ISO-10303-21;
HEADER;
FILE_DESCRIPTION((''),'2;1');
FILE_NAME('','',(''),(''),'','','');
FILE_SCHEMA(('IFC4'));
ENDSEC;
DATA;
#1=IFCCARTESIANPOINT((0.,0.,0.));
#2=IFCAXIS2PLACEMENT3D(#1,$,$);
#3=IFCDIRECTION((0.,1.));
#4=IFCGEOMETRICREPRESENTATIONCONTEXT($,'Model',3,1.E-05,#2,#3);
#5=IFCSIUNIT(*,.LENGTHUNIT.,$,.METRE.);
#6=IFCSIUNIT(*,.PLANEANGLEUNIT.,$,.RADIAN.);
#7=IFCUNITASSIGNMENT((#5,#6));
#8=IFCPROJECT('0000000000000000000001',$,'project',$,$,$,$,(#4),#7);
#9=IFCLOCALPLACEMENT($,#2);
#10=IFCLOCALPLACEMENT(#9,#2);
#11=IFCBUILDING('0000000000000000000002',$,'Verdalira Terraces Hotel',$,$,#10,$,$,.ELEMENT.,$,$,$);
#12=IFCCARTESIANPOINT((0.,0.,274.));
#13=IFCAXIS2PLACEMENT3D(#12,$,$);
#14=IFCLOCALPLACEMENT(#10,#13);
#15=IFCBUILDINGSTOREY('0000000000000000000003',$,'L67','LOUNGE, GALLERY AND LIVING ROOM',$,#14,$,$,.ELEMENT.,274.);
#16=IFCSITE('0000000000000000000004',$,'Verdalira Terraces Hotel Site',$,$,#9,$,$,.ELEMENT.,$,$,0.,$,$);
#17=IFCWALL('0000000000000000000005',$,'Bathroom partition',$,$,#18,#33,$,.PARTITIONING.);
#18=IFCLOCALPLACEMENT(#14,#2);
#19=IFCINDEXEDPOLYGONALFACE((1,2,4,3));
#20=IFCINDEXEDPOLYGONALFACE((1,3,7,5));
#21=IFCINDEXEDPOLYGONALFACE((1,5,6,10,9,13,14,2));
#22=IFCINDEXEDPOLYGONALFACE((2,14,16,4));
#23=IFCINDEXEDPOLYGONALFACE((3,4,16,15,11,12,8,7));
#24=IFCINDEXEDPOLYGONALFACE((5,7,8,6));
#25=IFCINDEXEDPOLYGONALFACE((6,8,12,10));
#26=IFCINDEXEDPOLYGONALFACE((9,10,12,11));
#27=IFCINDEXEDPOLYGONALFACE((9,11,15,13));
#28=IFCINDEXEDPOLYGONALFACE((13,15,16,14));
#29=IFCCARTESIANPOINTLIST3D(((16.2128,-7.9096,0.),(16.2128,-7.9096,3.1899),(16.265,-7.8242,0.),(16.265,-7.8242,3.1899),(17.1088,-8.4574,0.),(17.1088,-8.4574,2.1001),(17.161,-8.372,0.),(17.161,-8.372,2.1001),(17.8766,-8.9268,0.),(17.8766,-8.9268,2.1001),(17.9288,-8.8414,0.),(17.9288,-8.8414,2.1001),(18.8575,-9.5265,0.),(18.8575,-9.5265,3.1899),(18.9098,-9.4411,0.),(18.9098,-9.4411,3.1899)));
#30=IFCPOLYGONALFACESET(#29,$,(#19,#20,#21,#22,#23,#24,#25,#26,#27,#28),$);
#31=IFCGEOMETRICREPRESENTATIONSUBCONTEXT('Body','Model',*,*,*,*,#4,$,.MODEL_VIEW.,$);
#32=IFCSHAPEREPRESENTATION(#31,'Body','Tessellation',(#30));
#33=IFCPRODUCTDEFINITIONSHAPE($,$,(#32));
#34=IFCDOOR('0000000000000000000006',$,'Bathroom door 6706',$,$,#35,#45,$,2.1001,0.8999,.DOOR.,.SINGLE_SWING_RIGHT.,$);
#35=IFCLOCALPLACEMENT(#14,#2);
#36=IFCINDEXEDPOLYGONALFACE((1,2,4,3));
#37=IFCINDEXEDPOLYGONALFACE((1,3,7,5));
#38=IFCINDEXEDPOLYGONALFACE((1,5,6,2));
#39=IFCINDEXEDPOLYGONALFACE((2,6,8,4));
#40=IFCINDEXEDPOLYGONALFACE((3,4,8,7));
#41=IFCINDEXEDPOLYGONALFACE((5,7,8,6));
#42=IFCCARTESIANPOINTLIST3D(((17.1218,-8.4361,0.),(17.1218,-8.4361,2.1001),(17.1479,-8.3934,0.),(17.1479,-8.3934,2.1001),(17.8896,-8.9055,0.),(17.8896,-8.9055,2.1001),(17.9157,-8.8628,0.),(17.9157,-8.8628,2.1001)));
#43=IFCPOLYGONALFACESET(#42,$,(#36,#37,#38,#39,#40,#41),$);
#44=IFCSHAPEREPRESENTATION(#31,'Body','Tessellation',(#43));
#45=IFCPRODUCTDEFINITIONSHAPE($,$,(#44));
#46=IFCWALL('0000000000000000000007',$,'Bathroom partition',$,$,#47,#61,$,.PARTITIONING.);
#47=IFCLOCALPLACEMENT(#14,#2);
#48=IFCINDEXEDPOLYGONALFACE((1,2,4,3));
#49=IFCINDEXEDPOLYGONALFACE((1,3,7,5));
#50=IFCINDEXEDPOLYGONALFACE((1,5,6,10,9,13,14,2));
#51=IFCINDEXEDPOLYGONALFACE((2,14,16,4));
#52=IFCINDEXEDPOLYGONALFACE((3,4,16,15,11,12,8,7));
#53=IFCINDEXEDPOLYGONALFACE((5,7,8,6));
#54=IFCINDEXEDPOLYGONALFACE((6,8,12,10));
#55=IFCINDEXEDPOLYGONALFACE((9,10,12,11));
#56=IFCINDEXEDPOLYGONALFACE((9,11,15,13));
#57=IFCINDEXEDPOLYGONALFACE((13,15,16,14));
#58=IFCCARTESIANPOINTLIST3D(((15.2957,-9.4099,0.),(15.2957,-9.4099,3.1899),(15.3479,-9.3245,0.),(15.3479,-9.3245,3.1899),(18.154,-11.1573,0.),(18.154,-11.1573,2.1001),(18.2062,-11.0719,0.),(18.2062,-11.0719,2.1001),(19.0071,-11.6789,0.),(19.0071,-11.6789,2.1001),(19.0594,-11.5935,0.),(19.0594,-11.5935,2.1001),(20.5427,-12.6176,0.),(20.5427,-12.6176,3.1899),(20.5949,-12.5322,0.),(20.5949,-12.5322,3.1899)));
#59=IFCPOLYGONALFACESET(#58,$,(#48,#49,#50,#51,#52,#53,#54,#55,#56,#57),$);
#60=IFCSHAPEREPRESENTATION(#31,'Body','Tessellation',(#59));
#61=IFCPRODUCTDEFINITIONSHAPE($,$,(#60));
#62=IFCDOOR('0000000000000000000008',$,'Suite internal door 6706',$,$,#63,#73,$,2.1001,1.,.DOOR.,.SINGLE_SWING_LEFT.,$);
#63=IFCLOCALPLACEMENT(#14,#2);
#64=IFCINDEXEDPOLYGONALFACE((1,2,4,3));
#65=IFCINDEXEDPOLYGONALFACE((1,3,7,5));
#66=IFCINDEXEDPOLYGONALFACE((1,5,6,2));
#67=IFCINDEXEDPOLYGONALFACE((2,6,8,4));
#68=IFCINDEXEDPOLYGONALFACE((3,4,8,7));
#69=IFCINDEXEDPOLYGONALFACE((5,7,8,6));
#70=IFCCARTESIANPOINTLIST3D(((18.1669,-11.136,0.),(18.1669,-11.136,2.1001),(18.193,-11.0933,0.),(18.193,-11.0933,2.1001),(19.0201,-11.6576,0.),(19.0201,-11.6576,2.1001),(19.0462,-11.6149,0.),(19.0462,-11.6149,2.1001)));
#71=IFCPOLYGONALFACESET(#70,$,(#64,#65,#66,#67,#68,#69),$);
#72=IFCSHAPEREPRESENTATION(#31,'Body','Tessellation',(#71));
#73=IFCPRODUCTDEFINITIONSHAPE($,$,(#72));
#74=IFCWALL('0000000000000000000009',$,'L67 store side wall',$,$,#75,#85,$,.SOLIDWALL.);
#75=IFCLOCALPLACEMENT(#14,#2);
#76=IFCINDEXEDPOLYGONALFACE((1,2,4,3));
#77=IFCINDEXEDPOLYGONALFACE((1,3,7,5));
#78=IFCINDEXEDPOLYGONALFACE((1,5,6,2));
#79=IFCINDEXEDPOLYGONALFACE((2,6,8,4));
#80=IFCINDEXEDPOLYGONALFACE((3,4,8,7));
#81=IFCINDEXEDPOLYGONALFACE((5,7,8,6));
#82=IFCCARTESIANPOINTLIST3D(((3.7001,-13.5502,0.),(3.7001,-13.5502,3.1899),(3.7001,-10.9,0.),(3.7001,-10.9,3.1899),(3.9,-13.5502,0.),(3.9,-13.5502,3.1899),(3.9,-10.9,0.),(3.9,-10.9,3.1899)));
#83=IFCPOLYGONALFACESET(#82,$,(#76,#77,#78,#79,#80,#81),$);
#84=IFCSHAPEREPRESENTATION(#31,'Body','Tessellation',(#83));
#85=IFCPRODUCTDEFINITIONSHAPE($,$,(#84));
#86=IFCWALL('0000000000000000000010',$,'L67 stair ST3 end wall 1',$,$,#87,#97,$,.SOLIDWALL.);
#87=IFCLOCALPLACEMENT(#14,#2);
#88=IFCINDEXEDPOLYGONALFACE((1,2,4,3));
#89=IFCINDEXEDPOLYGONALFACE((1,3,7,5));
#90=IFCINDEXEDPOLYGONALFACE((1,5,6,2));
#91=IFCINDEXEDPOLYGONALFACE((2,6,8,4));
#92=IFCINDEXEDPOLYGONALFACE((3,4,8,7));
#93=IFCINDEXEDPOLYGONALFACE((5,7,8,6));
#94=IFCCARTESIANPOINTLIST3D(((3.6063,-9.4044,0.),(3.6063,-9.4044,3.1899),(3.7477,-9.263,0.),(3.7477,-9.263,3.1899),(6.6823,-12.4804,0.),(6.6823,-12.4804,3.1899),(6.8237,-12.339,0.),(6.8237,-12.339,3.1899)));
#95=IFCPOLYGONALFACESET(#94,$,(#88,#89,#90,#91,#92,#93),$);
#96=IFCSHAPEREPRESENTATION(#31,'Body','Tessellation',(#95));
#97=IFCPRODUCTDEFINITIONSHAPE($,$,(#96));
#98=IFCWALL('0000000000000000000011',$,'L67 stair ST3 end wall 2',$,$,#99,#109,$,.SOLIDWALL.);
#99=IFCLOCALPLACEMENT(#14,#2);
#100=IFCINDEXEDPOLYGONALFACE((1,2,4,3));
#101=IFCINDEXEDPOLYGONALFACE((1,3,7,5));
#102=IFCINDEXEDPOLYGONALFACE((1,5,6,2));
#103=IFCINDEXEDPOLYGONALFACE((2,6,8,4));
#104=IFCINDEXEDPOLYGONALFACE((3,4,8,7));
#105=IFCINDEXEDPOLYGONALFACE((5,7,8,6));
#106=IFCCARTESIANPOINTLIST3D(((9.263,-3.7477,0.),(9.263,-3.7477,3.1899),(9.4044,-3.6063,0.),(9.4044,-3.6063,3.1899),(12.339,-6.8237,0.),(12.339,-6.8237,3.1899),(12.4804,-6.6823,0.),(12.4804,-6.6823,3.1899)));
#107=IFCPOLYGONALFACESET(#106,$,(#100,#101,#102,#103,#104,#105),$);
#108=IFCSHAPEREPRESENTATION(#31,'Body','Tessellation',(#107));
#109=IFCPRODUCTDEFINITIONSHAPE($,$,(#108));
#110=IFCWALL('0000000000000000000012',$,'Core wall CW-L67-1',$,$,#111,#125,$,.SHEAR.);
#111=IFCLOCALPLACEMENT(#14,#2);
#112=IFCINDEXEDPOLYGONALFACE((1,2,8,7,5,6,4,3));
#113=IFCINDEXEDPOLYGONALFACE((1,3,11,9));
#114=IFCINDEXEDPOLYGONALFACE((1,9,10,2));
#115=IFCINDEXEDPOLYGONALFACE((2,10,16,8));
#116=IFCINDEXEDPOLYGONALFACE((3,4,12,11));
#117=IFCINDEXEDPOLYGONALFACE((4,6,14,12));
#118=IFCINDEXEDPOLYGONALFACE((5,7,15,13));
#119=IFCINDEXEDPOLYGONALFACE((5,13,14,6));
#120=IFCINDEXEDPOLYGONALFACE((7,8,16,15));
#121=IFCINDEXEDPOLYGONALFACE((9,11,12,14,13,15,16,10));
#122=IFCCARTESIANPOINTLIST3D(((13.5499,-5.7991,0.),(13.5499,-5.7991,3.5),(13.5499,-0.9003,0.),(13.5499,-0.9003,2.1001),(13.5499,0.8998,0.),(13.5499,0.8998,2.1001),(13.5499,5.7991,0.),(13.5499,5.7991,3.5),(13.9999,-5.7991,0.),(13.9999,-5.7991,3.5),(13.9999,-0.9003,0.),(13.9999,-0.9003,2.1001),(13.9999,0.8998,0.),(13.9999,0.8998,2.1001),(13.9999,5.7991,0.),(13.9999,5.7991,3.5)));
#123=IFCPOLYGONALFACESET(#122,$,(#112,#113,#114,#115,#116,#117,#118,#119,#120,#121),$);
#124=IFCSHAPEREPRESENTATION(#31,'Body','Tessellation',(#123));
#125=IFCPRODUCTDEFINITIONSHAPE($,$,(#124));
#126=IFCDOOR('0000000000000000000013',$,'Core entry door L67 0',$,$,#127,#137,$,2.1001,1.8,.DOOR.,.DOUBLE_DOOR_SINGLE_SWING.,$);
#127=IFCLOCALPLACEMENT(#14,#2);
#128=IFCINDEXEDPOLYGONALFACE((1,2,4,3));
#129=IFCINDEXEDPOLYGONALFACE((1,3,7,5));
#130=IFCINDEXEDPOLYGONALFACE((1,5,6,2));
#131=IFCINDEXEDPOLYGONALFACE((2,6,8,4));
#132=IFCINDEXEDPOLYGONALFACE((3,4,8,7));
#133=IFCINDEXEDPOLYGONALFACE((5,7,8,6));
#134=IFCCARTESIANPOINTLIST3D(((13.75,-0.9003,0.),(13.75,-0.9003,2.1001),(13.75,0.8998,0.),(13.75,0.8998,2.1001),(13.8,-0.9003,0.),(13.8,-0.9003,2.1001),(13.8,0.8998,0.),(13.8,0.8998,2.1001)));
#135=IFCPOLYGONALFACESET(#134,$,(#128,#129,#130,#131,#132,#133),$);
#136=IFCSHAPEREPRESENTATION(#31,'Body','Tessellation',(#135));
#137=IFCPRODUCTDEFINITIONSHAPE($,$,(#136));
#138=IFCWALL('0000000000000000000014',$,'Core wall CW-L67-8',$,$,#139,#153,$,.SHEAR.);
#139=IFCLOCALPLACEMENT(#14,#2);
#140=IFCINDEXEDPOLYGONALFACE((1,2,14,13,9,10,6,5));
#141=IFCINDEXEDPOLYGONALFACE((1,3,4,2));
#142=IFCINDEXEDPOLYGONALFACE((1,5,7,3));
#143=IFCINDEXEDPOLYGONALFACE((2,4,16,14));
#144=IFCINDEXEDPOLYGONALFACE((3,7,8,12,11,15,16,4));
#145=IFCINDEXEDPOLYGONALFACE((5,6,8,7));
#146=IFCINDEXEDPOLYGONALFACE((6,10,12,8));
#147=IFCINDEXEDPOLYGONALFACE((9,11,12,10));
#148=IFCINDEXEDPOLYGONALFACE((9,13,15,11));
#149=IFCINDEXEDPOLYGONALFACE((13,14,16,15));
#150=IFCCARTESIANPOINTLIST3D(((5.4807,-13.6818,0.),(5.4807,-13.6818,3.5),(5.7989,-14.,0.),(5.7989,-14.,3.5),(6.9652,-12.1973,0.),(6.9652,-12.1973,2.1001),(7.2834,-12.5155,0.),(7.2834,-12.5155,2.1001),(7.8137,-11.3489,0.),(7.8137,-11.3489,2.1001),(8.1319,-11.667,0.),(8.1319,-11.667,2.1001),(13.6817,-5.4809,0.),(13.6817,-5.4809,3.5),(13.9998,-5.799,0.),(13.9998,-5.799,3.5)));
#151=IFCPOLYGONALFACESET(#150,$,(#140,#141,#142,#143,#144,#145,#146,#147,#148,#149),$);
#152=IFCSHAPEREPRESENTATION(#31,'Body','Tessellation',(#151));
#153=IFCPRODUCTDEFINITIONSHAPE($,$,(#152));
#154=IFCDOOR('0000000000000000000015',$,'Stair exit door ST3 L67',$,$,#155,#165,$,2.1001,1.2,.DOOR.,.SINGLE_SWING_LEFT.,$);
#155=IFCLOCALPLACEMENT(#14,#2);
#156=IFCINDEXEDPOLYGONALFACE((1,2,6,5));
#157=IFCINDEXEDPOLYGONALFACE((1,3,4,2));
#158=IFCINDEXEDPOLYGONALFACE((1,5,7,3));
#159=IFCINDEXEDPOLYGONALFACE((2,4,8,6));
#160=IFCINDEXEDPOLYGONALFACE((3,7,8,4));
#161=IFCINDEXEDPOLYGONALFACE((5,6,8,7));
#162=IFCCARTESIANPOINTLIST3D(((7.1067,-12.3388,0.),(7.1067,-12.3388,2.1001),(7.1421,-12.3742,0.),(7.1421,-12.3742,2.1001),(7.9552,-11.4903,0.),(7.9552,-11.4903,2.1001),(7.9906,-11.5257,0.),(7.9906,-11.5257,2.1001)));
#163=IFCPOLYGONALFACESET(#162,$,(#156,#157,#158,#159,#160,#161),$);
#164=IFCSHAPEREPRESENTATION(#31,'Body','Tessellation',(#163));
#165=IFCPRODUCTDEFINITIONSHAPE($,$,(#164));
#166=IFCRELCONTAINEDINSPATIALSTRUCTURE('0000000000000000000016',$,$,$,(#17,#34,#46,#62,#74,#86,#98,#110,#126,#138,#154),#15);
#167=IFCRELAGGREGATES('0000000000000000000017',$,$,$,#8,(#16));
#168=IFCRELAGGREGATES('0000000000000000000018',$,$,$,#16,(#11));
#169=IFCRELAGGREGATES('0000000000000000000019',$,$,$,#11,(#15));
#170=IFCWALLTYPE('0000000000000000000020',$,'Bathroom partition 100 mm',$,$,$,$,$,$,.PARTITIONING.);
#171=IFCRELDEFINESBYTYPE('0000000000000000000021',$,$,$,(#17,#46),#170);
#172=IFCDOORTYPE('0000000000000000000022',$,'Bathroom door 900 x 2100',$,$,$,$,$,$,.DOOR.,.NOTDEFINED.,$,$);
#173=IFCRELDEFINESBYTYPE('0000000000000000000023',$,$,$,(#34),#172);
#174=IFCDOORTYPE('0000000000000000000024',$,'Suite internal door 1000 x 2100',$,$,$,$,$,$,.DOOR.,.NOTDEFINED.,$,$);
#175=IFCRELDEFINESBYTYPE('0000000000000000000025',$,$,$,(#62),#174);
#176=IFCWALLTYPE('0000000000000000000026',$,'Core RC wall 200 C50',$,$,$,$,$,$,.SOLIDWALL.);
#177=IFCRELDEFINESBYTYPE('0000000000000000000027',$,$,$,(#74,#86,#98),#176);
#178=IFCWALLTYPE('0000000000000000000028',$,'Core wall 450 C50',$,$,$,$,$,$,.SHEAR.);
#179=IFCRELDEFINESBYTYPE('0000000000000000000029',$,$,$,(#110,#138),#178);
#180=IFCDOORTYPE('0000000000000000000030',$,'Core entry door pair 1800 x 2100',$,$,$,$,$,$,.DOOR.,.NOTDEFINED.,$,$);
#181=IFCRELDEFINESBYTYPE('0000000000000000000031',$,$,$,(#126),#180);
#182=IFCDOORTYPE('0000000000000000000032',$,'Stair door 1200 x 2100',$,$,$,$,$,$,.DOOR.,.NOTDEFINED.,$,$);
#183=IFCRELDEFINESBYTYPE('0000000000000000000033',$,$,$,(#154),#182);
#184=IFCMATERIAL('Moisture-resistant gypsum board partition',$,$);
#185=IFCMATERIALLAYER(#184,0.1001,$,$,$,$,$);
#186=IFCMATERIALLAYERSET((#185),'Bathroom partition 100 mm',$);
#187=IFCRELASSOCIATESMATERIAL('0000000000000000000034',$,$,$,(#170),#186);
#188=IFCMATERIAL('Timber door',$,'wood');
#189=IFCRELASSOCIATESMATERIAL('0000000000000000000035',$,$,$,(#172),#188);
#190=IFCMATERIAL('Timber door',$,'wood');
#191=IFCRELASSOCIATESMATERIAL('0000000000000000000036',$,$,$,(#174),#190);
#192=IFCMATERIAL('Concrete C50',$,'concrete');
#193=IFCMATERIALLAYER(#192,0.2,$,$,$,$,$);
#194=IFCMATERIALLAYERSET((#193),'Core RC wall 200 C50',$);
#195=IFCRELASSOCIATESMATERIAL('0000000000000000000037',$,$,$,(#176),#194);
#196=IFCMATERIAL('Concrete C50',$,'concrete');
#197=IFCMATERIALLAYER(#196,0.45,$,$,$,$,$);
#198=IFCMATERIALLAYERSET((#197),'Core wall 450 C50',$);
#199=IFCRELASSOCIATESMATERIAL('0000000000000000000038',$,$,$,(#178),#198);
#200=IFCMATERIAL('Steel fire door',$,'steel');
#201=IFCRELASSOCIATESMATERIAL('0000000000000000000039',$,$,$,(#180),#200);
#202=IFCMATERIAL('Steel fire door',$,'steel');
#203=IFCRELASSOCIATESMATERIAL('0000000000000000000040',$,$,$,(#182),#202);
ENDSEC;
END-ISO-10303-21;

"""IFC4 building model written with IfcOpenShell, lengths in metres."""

from ifc_helpers import new_model, si_unit, direction, frame, frame_2d, origin, place, context, subcontext, project, spatial, rectangle, extrude, material, layer, layer_set, type_object, element, fill, save


model = new_model("IFC4")

# Units and contexts
model_context = context("Model", 3, precision=1e-05, world=origin(), true_north=direction((0.0, 1.0)))
body_context = subcontext(model_context, "Body", "Model", "MODEL_VIEW")
ifc_project = project(units=[si_unit("LENGTHUNIT", "METRE"), si_unit("PLANEANGLEUNIT", "RADIAN")], contexts=[model_context])

# Site, building, storey
site_placement = place(None, origin())
site = spatial("IfcSite", under=ifc_project, at=site_placement, Name="Verdalira Terraces Hotel Site", CompositionType="ELEMENT", RefElevation=0.0)
building_placement = place(site_placement, origin())
building = spatial("IfcBuilding", under=site, at=building_placement, Name="Verdalira Terraces Hotel", CompositionType="ELEMENT")
storey_placement = place(building_placement, frame((0.0, 0.0, 274.0)))
storey = spatial("IfcBuildingStorey", under=building, at=storey_placement, Name="L67", Description="LOUNGE, GALLERY AND LIVING ROOM", CompositionType="ELEMENT", Elevation=274.0)

# Walls, openings, doors
ifc_material_1 = material(Name="Moisture-resistant gypsum board partition")
ifc_layer_1 = layer(ifc_material_1, 0.1001)
ifc_layer_set_1 = layer_set([ifc_layer_1], Name="Bathroom partition 100 mm")
wall_type_1 = type_object("IfcWallType", Name="Bathroom partition 100 mm", PredefinedType="PARTITIONING", material=ifc_layer_set_1)
wall_1_placement = place(storey_placement, frame((16.239, -7.8669, 0.0), z_axis=(0.0, 0.0, 1.0), x_axis=(0.853183, -0.521612, 0.0)))
wall_1 = element("IfcWall", 1, at=wall_1_placement, inside=storey, type_object=wall_type_1, Name="Bathroom partition", PredefinedType="PARTITIONING", context=body_context, shape_type="SweptSolid", body=[
    extrude(rectangle(XDim=3.0999, YDim=0.1001, at=frame_2d((1.5498, 0.0))), origin(), (0.0, 0.0, 1.0), 3.1899),
])
opening_1_placement = place(wall_1_placement, frame((1.05, 0.0, 0.0)))
opening_1 = element("IfcOpeningElement", 2, at=opening_1_placement, cuts=wall_1, PredefinedType="OPENING", context=body_context, shape_type="SweptSolid", body=[
    extrude(rectangle(XDim=0.8999, YDim=2.1001, at=frame_2d((0.45, 1.05))), frame((0.0, 0.0601, 0.0), z_axis=(0.0, -1.0, 0.0), x_axis=(1.0, 0.0, 0.0)), (0.0, 0.0, 1.0), 0.1201),
])
ifc_material_2 = material(Name="Timber door", Category="wood")
door_type_1 = type_object("IfcDoorType", Name="Bathroom door 900 x 2100", OperationType="NOTDEFINED", PredefinedType="DOOR", material=ifc_material_2)
door_1_placement = place(opening_1_placement, origin())
door_1 = element("IfcDoor", 3, at=door_1_placement, inside=storey, type_object=door_type_1, Name="Bathroom door 6706", OperationType="SINGLE_SWING_RIGHT", OverallHeight=2.1001, OverallWidth=0.8999, PredefinedType="DOOR", context=body_context, shape_type="SweptSolid", body=[
    extrude(rectangle(XDim=0.8999, YDim=2.1001, at=frame_2d((0.45, 1.05))), frame((0.0, 0.0249, 0.0), z_axis=(0.0, -1.0, 0.0), x_axis=(1.0, 0.0, 0.0)), (0.0, 0.0, 1.0), 0.05),
])
fill(opening_1, door_1)
wall_2_placement = place(storey_placement, frame((15.3218, -9.3672, 0.0), z_axis=(0.0, 0.0, 1.0), x_axis=(0.853194, -0.521595, 0.0)))
wall_2 = element("IfcWall", 4, at=wall_2_placement, inside=storey, type_object=wall_type_1, Name="Bathroom partition", PredefinedType="PARTITIONING", context=body_context, shape_type="SweptSolid", body=[
    extrude(rectangle(XDim=6.1499, YDim=0.1001, at=frame_2d((3.075, 0.0))), origin(), (0.0, 0.0, 1.0), 3.1899),
])
opening_2_placement = place(wall_2_placement, frame((3.3501, 0.0, 0.0)))
opening_2 = element("IfcOpeningElement", 5, at=opening_2_placement, cuts=wall_2, PredefinedType="OPENING", context=body_context, shape_type="SweptSolid", body=[
    extrude(rectangle(XDim=1.0, YDim=2.1001, at=frame_2d((0.5, 1.05))), frame((0.0, 0.0601, 0.0), z_axis=(0.0, -1.0, 0.0), x_axis=(1.0, 0.0, 0.0)), (0.0, 0.0, 1.0), 0.1201),
])
ifc_material_3 = material(Name="Timber door", Category="wood")
door_type_2 = type_object("IfcDoorType", Name="Suite internal door 1000 x 2100", OperationType="NOTDEFINED", PredefinedType="DOOR", material=ifc_material_3)
door_2_placement = place(opening_2_placement, origin())
door_2 = element("IfcDoor", 6, at=door_2_placement, inside=storey, type_object=door_type_2, Name="Suite internal door 6706", OperationType="SINGLE_SWING_LEFT", OverallHeight=2.1001, OverallWidth=1.0, PredefinedType="DOOR", context=body_context, shape_type="SweptSolid", body=[
    extrude(rectangle(XDim=1.0, YDim=2.1001, at=frame_2d((0.5, 1.05))), frame((0.0, 0.0249, 0.0), z_axis=(0.0, -1.0, 0.0), x_axis=(1.0, 0.0, 0.0)), (0.0, 0.0, 1.0), 0.05),
])
fill(opening_2, door_2)

# Walls
ifc_material_4 = material(Name="Concrete C50", Category="concrete")
ifc_layer_2 = layer(ifc_material_4, 0.2)
ifc_layer_set_2 = layer_set([ifc_layer_2], Name="Core RC wall 200 C50")
wall_type_2 = type_object("IfcWallType", Name="Core RC wall 200 C50", PredefinedType="SOLIDWALL", material=ifc_layer_set_2)
wall_3_placement = place(storey_placement, frame((3.8, -10.8999, 0.0), z_axis=(0.0, 0.0, 1.0), x_axis=(0.0, -1.0, 0.0)))
element("IfcWall", 7, at=wall_3_placement, inside=storey, type_object=wall_type_2, Name="L67 store side wall", PredefinedType="SOLIDWALL", context=body_context, shape_type="SweptSolid", body=[
    extrude(rectangle(XDim=2.6501, YDim=0.2, at=frame_2d((1.3252, 0.0))), origin(), (0.0, 0.0, 1.0), 3.1899),
])
for number, where, z_axis, x_axis, name in (
    (8, (3.677, -9.3337, 0.0), (0.0, 0.0, 1.0), (0.707107, -0.707107, 0.0), "L67 stair ST3 end wall 1"),
    (9, (9.3337, -3.677, 0.0), (0.0, 0.0, 1.0), (0.707107, -0.707107, 0.0), "L67 stair ST3 end wall 2"),
):
    element("IfcWall", number, at=place(storey_placement, frame(where, z_axis=z_axis, x_axis=x_axis)), inside=storey, type_object=wall_type_2, Name=name, PredefinedType="SOLIDWALL", context=body_context, shape_type="SweptSolid", body=[
        extrude(rectangle(XDim=4.3501, YDim=0.2, at=frame_2d((2.175, 0.0))), origin(), (0.0, 0.0, 1.0), 3.1899),
    ])

# Walls, openings, doors
ifc_material_5 = material(Name="Concrete C50", Category="concrete")
ifc_layer_3 = layer(ifc_material_5, 0.45)
ifc_layer_set_3 = layer_set([ifc_layer_3], Name="Core wall 450 C50")
wall_type_3 = type_object("IfcWallType", Name="Core wall 450 C50", PredefinedType="SHEAR", material=ifc_layer_set_3)
wall_4_placement = place(storey_placement, frame((13.7749, -5.7991, 0.0), z_axis=(0.0, 0.0, 1.0), x_axis=(0.0, 1.0, 0.0)))
wall_4 = element("IfcWall", 10, at=wall_4_placement, inside=storey, type_object=wall_type_3, Name="Core wall CW-L67-1", PredefinedType="SHEAR", context=body_context, shape_type="SweptSolid", body=[
    extrude(rectangle(XDim=11.5981, YDim=0.45, at=frame_2d((5.7991, 0.0))), origin(), (0.0, 0.0, 1.0), 3.5),
])
opening_3_placement = place(wall_4_placement, frame((4.8989, 0.0, 0.0)))
opening_3 = element("IfcOpeningElement", 11, at=opening_3_placement, cuts=wall_4, PredefinedType="OPENING", context=body_context, shape_type="SweptSolid", body=[
    extrude(rectangle(XDim=1.8, YDim=2.1001, at=frame_2d((0.8999, 1.05))), frame((0.0, 0.2349, 0.0), z_axis=(0.0, -1.0, 0.0), x_axis=(1.0, 0.0, 0.0)), (0.0, 0.0, 1.0), 0.47),
])
ifc_material_6 = material(Name="Steel fire door", Category="steel")
door_type_3 = type_object("IfcDoorType", Name="Core entry door pair 1800 x 2100", OperationType="NOTDEFINED", PredefinedType="DOOR", material=ifc_material_6)
door_3_placement = place(opening_3_placement, origin())
door_3 = element("IfcDoor", 12, at=door_3_placement, inside=storey, type_object=door_type_3, Name="Core entry door L67 0", OperationType="DOUBLE_DOOR_SINGLE_SWING", OverallHeight=2.1001, OverallWidth=1.8, PredefinedType="DOOR", context=body_context, shape_type="SweptSolid", body=[
    extrude(rectangle(XDim=1.8, YDim=2.1001, at=frame_2d((0.8999, 1.05))), frame((0.0, 0.0249, 0.0), z_axis=(0.0, -1.0, 0.0), x_axis=(1.0, 0.0, 0.0)), (0.0, 0.0, 1.0), 0.05),
])
fill(opening_3, door_3)
wall_5_placement = place(storey_placement, frame((5.6399, -13.8408, 0.0), z_axis=(0.0, 0.0, 1.0), x_axis=(0.707107, 0.707107, 0.0)))
wall_5 = element("IfcWall", 13, at=wall_5_placement, inside=storey, type_object=wall_type_3, Name="Core wall CW-L67-8", PredefinedType="SHEAR", context=body_context, shape_type="SweptSolid", body=[
    extrude(rectangle(XDim=11.5979, YDim=0.45, at=frame_2d((5.7988, 0.0))), origin(), (0.0, 0.0, 1.0), 3.5),
])
opening_4_placement = place(wall_5_placement, frame((2.0991, 0.0, 0.0)))
opening_4 = element("IfcOpeningElement", 14, at=opening_4_placement, cuts=wall_5, PredefinedType="OPENING", context=body_context, shape_type="SweptSolid", body=[
    extrude(rectangle(XDim=1.2, YDim=2.1001, at=frame_2d((0.6001, 1.05))), frame((0.0, 0.2349, 0.0), z_axis=(0.0, -1.0, 0.0), x_axis=(1.0, 0.0, 0.0)), (0.0, 0.0, 1.0), 0.47),
])
ifc_material_7 = material(Name="Steel fire door", Category="steel")
door_type_4 = type_object("IfcDoorType", Name="Stair door 1200 x 2100", OperationType="NOTDEFINED", PredefinedType="DOOR", material=ifc_material_7)
door_4_placement = place(opening_4_placement, origin())
door_4 = element("IfcDoor", 15, at=door_4_placement, inside=storey, type_object=door_type_4, Name="Stair exit door ST3 L67", OperationType="SINGLE_SWING_LEFT", OverallHeight=2.1001, OverallWidth=1.2, PredefinedType="DOOR", context=body_context, shape_type="SweptSolid", body=[
    extrude(rectangle(XDim=1.2, YDim=2.1001, at=frame_2d((0.6001, 1.05))), frame((0.0, 0.0249, 0.0), z_axis=(0.0, -1.0, 0.0), x_axis=(1.0, 0.0, 0.0)), (0.0, 0.0, 1.0), 0.05),
])
fill(opening_4, door_4)

save(model, "model.ifc")
